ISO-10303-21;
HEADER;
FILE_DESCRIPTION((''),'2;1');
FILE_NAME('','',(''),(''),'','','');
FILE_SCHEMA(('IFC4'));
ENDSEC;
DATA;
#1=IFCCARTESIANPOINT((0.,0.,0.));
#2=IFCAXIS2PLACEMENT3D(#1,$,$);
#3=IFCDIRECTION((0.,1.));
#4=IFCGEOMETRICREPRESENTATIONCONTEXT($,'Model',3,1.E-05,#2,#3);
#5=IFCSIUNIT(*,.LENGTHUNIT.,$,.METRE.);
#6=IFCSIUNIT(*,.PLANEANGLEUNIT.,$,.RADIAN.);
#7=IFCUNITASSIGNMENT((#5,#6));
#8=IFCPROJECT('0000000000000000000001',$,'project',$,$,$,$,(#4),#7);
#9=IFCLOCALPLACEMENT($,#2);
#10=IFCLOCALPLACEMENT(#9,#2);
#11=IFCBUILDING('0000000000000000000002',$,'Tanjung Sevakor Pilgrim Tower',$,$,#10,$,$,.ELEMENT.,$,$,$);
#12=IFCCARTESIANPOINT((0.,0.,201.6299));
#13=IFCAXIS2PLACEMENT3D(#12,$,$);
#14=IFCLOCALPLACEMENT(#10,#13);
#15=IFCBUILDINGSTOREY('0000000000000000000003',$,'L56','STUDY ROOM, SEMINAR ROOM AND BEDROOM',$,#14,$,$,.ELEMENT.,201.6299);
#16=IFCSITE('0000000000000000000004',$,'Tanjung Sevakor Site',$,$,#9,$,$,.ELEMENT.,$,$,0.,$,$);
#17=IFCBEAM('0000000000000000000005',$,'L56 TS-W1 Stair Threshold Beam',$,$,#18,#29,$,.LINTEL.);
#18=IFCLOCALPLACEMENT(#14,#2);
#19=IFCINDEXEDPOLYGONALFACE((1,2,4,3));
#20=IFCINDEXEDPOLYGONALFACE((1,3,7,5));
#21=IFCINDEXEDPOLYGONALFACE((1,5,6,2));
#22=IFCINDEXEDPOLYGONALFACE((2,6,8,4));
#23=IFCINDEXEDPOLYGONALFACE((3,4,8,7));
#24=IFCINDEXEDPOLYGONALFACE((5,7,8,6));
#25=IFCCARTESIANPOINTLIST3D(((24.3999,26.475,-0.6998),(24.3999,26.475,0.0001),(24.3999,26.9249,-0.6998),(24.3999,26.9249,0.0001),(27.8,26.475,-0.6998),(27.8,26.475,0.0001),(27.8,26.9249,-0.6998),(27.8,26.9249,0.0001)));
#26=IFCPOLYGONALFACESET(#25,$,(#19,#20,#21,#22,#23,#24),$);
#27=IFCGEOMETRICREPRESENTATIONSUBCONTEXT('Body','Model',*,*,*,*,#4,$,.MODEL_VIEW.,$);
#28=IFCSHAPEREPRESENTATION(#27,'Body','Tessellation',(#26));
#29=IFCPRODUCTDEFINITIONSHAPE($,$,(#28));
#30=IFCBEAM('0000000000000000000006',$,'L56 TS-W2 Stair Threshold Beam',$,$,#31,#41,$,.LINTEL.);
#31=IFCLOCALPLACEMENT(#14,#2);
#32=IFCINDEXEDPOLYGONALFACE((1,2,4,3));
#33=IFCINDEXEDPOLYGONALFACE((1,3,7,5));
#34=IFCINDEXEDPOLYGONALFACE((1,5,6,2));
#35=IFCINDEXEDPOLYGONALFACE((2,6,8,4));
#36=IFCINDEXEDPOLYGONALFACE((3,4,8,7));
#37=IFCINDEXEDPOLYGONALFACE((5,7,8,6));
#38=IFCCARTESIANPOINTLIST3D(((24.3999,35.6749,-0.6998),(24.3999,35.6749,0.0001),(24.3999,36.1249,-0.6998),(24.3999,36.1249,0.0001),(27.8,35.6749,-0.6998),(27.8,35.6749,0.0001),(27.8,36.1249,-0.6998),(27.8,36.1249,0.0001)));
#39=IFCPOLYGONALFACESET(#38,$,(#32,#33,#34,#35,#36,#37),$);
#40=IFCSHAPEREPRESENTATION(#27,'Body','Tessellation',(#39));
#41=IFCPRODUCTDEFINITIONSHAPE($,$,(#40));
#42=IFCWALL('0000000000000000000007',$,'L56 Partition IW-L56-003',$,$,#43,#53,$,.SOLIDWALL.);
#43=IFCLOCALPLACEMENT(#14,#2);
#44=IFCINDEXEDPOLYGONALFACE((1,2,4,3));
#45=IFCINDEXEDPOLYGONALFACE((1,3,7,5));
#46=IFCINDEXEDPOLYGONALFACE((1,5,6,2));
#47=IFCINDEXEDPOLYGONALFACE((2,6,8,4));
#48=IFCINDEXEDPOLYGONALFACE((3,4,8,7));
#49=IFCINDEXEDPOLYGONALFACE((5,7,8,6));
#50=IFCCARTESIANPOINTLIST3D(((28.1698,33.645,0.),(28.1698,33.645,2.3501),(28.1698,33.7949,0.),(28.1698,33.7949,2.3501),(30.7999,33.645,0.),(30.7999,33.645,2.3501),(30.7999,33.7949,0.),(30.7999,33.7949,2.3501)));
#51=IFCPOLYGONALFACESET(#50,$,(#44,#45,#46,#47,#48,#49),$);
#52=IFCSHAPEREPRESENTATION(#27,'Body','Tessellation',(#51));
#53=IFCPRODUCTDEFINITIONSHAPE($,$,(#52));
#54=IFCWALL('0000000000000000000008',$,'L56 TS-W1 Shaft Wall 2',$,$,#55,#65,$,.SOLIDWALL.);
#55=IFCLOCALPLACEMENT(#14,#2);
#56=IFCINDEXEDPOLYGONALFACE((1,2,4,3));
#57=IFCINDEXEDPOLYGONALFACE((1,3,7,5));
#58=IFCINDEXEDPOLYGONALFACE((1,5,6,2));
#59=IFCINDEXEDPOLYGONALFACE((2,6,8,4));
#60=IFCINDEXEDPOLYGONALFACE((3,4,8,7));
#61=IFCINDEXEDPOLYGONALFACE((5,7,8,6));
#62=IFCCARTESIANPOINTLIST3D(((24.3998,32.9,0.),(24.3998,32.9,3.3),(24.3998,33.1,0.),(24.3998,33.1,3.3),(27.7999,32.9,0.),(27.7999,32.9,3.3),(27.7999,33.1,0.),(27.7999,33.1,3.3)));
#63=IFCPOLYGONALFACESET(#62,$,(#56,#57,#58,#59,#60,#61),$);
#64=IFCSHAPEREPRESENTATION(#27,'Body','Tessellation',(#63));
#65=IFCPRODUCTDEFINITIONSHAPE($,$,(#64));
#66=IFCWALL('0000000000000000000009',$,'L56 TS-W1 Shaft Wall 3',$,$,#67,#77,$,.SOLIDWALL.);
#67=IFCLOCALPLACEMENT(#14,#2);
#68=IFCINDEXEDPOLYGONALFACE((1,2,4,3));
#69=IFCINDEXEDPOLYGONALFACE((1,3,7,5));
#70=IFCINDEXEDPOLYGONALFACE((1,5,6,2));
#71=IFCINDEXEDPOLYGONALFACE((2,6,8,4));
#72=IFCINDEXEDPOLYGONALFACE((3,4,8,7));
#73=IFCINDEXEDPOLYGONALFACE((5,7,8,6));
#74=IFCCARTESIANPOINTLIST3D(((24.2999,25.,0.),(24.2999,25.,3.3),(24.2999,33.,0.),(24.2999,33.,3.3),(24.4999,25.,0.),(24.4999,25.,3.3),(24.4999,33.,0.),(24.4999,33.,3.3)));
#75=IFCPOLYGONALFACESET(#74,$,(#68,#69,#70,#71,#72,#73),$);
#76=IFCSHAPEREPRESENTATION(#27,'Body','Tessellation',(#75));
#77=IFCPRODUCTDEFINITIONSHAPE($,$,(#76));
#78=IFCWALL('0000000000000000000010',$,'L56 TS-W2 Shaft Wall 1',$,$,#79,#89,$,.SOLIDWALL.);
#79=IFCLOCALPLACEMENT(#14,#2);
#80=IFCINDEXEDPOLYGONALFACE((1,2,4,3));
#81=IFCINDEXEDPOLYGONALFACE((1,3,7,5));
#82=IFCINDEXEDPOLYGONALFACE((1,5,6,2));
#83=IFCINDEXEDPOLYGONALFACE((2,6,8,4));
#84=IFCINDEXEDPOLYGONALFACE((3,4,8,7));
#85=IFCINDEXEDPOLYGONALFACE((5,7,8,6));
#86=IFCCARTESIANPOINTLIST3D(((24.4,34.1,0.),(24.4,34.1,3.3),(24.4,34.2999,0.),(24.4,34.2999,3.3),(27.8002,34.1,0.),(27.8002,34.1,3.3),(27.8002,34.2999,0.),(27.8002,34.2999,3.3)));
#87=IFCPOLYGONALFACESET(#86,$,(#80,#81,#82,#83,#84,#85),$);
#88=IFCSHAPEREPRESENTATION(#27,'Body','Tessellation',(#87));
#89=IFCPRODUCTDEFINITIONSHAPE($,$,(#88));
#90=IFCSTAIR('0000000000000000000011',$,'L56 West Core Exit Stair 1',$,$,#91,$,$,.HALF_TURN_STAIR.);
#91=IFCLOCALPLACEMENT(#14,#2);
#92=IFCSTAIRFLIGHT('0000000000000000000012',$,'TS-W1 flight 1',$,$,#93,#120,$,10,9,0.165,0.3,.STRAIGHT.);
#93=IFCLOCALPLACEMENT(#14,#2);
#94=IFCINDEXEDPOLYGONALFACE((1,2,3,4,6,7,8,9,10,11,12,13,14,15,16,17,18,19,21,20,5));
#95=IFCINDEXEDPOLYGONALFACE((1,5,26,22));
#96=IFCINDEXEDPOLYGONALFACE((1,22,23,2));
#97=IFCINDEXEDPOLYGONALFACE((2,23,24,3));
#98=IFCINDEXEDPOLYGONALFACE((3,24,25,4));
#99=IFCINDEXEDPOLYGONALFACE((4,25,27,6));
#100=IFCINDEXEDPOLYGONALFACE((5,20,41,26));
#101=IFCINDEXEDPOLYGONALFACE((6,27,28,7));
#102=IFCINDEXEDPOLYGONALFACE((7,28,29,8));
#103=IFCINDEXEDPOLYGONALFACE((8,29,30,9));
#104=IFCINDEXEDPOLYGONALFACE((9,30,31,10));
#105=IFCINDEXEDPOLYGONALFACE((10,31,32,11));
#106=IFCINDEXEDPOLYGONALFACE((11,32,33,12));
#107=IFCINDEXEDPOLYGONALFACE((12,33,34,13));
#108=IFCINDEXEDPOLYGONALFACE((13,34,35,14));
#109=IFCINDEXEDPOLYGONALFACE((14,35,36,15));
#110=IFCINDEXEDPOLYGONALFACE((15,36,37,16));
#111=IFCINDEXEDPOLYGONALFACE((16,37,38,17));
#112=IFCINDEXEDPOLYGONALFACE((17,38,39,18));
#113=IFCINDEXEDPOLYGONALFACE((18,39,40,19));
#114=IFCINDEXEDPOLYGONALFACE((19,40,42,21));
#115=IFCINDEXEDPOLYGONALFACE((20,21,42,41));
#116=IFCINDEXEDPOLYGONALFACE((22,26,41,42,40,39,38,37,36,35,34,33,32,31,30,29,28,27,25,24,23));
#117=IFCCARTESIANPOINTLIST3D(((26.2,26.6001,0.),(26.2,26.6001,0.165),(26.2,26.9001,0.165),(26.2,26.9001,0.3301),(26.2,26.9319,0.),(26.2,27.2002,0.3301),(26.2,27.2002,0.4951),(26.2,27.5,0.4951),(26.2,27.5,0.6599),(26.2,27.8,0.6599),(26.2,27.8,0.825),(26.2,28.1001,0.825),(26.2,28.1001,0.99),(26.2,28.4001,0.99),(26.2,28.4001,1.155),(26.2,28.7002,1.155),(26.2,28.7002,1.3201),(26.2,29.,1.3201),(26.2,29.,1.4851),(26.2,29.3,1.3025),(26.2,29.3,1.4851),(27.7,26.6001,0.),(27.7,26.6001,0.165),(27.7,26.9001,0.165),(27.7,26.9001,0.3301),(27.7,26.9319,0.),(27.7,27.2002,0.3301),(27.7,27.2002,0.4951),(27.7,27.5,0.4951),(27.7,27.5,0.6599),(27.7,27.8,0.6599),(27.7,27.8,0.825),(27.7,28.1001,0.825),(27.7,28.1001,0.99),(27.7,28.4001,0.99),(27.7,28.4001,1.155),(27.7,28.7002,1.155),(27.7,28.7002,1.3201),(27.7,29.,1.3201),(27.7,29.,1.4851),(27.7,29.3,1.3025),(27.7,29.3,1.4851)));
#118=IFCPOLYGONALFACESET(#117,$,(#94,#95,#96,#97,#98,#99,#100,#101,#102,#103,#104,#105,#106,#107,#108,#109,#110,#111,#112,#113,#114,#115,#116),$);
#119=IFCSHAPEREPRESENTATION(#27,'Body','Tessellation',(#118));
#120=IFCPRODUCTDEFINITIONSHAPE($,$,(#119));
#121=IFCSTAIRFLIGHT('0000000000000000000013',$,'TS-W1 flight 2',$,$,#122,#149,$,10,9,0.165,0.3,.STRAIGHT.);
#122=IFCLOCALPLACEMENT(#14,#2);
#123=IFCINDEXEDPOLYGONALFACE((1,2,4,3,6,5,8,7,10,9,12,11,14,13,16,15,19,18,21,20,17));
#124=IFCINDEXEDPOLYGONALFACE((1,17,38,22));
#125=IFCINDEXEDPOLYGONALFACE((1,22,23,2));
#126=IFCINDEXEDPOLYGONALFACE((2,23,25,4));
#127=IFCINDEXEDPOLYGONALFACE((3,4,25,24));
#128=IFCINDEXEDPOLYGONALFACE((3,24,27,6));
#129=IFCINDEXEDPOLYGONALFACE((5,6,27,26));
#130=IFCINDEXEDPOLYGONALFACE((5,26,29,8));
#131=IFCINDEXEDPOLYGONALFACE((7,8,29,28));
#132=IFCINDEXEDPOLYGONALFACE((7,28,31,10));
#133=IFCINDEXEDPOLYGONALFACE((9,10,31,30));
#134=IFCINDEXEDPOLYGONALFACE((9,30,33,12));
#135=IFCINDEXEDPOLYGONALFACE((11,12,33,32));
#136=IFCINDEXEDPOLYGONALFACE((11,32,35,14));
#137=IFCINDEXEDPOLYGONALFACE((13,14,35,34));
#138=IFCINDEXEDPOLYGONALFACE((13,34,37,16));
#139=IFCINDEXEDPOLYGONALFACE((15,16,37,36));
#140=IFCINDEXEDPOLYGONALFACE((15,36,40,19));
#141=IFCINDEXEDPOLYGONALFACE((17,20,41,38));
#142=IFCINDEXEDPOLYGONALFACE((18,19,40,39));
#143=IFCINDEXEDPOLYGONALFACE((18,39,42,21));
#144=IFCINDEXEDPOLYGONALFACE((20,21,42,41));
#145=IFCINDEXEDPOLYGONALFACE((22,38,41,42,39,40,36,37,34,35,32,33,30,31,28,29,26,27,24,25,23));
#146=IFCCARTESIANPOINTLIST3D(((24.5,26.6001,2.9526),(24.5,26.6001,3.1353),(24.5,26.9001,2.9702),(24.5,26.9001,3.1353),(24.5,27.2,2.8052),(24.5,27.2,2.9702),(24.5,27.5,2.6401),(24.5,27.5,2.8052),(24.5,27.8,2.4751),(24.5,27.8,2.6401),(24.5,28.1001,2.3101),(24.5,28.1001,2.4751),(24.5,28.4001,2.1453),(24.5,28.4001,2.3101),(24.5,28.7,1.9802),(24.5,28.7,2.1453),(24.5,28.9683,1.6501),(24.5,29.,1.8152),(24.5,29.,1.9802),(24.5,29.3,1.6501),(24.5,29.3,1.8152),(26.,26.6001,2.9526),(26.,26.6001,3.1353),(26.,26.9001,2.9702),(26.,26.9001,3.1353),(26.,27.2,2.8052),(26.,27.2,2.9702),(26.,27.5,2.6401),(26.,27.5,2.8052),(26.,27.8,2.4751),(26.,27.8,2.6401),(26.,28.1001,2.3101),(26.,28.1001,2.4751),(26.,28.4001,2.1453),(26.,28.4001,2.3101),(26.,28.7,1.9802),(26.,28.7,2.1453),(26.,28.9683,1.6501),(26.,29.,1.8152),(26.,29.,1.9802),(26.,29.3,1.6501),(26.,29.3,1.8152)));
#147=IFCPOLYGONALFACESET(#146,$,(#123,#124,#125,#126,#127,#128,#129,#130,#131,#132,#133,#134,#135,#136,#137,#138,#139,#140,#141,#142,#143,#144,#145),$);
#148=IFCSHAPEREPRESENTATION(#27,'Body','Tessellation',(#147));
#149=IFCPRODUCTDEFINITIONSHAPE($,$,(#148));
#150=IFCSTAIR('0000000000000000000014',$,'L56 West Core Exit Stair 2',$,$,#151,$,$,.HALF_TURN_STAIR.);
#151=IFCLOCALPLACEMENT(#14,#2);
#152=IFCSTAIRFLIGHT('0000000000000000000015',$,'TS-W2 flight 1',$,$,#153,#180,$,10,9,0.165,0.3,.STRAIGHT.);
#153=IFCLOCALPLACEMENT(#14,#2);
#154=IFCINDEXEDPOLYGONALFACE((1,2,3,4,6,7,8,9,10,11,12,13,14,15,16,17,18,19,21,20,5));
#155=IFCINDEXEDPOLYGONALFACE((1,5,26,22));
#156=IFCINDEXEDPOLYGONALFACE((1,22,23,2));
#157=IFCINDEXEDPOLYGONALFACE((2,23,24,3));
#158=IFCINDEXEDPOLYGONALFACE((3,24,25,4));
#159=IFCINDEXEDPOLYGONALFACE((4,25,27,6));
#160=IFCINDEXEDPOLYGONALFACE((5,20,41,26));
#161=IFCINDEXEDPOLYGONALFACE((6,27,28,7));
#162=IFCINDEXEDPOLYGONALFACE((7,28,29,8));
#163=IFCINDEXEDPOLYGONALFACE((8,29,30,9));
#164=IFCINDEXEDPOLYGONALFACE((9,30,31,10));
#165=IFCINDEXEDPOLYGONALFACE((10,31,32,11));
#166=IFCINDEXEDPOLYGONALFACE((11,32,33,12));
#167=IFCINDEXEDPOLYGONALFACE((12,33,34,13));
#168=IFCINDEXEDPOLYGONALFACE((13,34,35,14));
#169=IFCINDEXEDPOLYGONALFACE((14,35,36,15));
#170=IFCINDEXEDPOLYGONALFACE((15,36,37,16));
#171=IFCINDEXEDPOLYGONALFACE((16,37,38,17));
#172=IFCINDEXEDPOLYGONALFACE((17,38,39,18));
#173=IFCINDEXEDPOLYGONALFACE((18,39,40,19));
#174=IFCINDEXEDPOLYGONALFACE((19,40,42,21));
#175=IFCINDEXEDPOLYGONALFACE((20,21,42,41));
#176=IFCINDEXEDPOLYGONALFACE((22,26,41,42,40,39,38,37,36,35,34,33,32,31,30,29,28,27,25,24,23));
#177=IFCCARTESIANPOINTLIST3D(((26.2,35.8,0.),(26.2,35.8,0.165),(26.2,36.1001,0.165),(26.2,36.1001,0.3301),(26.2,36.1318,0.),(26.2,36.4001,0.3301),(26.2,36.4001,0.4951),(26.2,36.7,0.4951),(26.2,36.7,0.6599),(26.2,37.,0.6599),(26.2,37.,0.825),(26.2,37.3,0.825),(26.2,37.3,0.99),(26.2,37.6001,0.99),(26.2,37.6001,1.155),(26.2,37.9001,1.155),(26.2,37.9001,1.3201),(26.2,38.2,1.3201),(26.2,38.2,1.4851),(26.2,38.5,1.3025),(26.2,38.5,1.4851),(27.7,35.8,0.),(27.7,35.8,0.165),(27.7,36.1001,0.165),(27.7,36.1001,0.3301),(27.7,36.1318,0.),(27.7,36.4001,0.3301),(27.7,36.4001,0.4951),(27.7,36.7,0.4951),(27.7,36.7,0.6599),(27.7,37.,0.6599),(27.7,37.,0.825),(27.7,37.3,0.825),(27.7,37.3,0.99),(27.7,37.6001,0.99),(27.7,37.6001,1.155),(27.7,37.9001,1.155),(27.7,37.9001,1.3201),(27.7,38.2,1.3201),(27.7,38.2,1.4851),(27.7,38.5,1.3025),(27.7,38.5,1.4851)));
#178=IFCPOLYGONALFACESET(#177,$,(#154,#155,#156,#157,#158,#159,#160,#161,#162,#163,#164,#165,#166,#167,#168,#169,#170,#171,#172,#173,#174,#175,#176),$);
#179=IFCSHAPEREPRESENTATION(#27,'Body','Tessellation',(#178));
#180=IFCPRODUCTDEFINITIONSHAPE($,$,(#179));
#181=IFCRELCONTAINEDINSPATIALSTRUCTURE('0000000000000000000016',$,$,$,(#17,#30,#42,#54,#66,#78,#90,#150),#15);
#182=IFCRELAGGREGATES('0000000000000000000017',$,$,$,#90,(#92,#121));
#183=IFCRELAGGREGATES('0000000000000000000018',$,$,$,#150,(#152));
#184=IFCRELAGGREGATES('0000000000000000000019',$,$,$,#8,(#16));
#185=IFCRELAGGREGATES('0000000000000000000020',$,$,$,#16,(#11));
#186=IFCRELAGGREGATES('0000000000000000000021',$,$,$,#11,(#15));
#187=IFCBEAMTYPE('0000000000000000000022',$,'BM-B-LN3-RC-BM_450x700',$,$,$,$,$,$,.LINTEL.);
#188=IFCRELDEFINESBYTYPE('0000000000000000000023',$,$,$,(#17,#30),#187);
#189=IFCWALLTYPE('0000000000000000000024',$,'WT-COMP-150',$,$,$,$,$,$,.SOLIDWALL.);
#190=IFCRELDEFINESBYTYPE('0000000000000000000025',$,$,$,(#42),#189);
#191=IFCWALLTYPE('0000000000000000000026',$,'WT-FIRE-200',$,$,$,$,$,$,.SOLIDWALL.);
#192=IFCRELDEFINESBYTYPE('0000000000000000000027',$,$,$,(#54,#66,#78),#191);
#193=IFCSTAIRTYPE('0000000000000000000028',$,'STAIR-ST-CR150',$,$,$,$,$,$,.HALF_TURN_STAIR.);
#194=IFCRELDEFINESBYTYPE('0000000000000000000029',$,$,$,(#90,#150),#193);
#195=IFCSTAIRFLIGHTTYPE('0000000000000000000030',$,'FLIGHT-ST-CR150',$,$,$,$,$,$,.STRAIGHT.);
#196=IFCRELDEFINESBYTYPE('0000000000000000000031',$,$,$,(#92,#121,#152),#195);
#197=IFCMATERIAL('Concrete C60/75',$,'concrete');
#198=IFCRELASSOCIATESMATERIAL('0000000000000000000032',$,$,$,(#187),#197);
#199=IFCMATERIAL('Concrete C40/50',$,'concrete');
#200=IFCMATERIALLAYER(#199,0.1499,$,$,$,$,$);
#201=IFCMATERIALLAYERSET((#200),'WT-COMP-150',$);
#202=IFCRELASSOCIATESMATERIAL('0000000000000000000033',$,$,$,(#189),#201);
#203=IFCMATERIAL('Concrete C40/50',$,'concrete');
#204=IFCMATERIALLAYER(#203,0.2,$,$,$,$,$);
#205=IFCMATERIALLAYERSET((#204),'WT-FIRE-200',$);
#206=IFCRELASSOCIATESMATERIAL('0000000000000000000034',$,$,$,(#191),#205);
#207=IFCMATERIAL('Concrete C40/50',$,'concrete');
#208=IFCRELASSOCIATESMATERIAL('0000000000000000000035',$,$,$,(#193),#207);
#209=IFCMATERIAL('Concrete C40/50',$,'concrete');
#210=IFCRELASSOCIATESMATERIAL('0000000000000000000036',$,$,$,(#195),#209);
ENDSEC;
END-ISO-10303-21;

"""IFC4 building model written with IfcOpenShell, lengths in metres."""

from ifc_helpers import new_model, si_unit, direction, frame, frame_2d, origin, origin_2d, place, context, subcontext, project, spatial, polyline, rectangle, outline, extrude, material, layer, layer_set, material_profile, profile_set, type_object, element, aggregate, save


model = new_model("IFC4")

# Units and contexts
model_context = context("Model", 3, precision=1e-05, world=origin(), true_north=direction((0.0, 1.0)))
body_context = subcontext(model_context, "Body", "Model", "MODEL_VIEW")
ifc_project = project(units=[si_unit("LENGTHUNIT", "METRE"), si_unit("PLANEANGLEUNIT", "RADIAN")], contexts=[model_context])

# Site, building, storey
site_placement = place(None, origin())
site = spatial("IfcSite", under=ifc_project, at=site_placement, Name="Tanjung Sevakor Site", CompositionType="ELEMENT", RefElevation=0.0)
building_placement = place(site_placement, origin())
building = spatial("IfcBuilding", under=site, at=building_placement, Name="Tanjung Sevakor Pilgrim Tower", CompositionType="ELEMENT")
storey_placement = place(building_placement, frame((0.0, 0.0, 201.6299)))
storey = spatial("IfcBuildingStorey", under=building, at=storey_placement, Name="L56", Description="STUDY ROOM, SEMINAR ROOM AND BEDROOM", CompositionType="ELEMENT", Elevation=201.6299)

# Beams
ifc_material_1 = material(Name="Concrete C60/75", Category="concrete")
ifc_material_profile = material_profile(ifc_material_1, rectangle(XDim=0.45, YDim=0.7, at=origin_2d()))
ifc_profile_set = profile_set([ifc_material_profile], Name="Concrete C60/75")
beam_type = type_object("IfcBeamType", Name="BM-B-LN3-RC-BM_450x700", PredefinedType="LINTEL", material=ifc_profile_set)
for number, where, z_axis, x_axis, name in (
    (1, (24.3999, 26.7, -0.3499), (1.0, 0.0, 0.0), (0.0, 1.0, 0.0), "L56 TS-W1 Stair Threshold Beam"),
    (2, (24.3999, 35.8999, -0.3499), (1.0, 0.0, 0.0), (0.0, 1.0, 0.0), "L56 TS-W2 Stair Threshold Beam"),
):
    element("IfcBeam", number, at=place(storey_placement, frame(where, z_axis=z_axis, x_axis=x_axis)), inside=storey, type_object=beam_type, Name=name, PredefinedType="LINTEL", context=body_context, shape_type="SweptSolid", body=[
        extrude(rectangle(XDim=0.45, YDim=0.7, at=origin_2d()), origin(), (0.0, 0.0, 1.0), 3.4001),
    ])

# Wall
ifc_material_2 = material(Name="Concrete C40/50", Category="concrete")
ifc_layer_1 = layer(ifc_material_2, 0.1499)
ifc_layer_set_1 = layer_set([ifc_layer_1], Name="WT-COMP-150")
wall_type_1 = type_object("IfcWallType", Name="WT-COMP-150", PredefinedType="SOLIDWALL", material=ifc_layer_set_1)
wall_1_placement = place(storey_placement, frame((28.1699, 33.72, 0.0), z_axis=(0.0, 0.0, 1.0), x_axis=(1.0, 0.0, 0.0)))
element("IfcWall", 3, at=wall_1_placement, inside=storey, type_object=wall_type_1, Name="L56 Partition IW-L56-003", PredefinedType="SOLIDWALL", context=body_context, shape_type="SweptSolid", body=[
    extrude(rectangle(XDim=2.6301, YDim=0.1499, at=frame_2d((1.3149, 0.0))), origin(), (0.0, 0.0, 1.0), 2.3501),
])

# Walls
ifc_material_3 = material(Name="Concrete C40/50", Category="concrete")
ifc_layer_2 = layer(ifc_material_3, 0.2)
ifc_layer_set_2 = layer_set([ifc_layer_2], Name="WT-FIRE-200")
wall_type_2 = type_object("IfcWallType", Name="WT-FIRE-200", PredefinedType="SOLIDWALL", material=ifc_layer_set_2)
wall_2_placement = place(storey_placement, frame((27.8, 33.0, 0.0), z_axis=(0.0, 0.0, 1.0), x_axis=(-1.0, 0.0, 0.0)))
element("IfcWall", 4, at=wall_2_placement, inside=storey, type_object=wall_type_2, Name="L56 TS-W1 Shaft Wall 2", PredefinedType="SOLIDWALL", context=body_context, shape_type="SweptSolid", body=[
    extrude(rectangle(XDim=3.4001, YDim=0.2, at=frame_2d((1.7002, 0.0))), origin(), (0.0, 0.0, 1.0), 3.3),
])
wall_3_placement = place(storey_placement, frame((24.3999, 33.0, 0.0), z_axis=(0.0, 0.0, 1.0), x_axis=(0.0, -1.0, 0.0)))
element("IfcWall", 5, at=wall_3_placement, inside=storey, type_object=wall_type_2, Name="L56 TS-W1 Shaft Wall 3", PredefinedType="SOLIDWALL", context=body_context, shape_type="SweptSolid", body=[
    extrude(rectangle(XDim=8.0, YDim=0.2, at=frame_2d((4.0, 0.0))), origin(), (0.0, 0.0, 1.0), 3.3),
])
wall_4_placement = place(storey_placement, frame((24.3999, 34.2, 0.0), z_axis=(0.0, 0.0, 1.0), x_axis=(1.0, 0.0, 0.0)))
element("IfcWall", 6, at=wall_4_placement, inside=storey, type_object=wall_type_2, Name="L56 TS-W2 Shaft Wall 1", PredefinedType="SOLIDWALL", context=body_context, shape_type="SweptSolid", body=[
    extrude(rectangle(XDim=3.4001, YDim=0.2, at=frame_2d((1.7002, 0.0))), origin(), (0.0, 0.0, 1.0), 3.3),
])

# Stair, stair flights
ifc_material_4 = material(Name="Concrete C40/50", Category="concrete")
stair_type = type_object("IfcStairType", Name="STAIR-ST-CR150", PredefinedType="HALF_TURN_STAIR", material=ifc_material_4)
stair_1_placement = place(storey_placement, origin())
stair_1 = element("IfcStair", 7, at=stair_1_placement, inside=storey, type_object=stair_type, Name="L56 West Core Exit Stair 1", PredefinedType="HALF_TURN_STAIR")
ifc_material_5 = material(Name="Concrete C40/50", Category="concrete")
stair_flight_type = type_object("IfcStairFlightType", Name="FLIGHT-ST-CR150", PredefinedType="STRAIGHT", material=ifc_material_5)
stair_flight_1_placement = place(storey_placement, frame((26.95, 26.6001, 0.0), z_axis=(0.0, 0.0, 1.0), x_axis=(0.0, 1.0, 0.0)))
stair_flight_1 = element("IfcStairFlight", 8, at=stair_flight_1_placement, type_object=stair_flight_type, Name="TS-W1 flight 1", NumberOfRisers=10, NumberOfTreads=9, PredefinedType="STRAIGHT", RiserHeight=0.165, TreadLength=0.3, context=body_context, shape_type="SweptSolid", body=[
    extrude(outline(polyline([(0.0, 0.0), (0.0, 0.165), (0.3, 0.165), (0.3, 0.3301), (0.6001, 0.3301), (0.6001, 0.4951), (0.8999, 0.4951), (0.8999, 0.6599), (1.2, 0.6599), (1.2, 0.825), (1.5, 0.825), (1.5, 0.99), (1.8, 0.99), (1.8, 1.155), (2.1001, 1.155), (2.1001, 1.3201), (2.3999, 1.3201), (2.3999, 1.4851), (2.7, 1.4851), (2.7, 1.6499), (2.7, 1.3025), (0.3318, 0.0), (0.0, 0.0)])), frame((0.0, 0.75, 0.0), z_axis=(0.0, -1.0, 0.0), x_axis=(1.0, 0.0, 0.0)), (0.0, 0.0, 1.0), 1.5),
])
stair_flight_2_placement = place(storey_placement, frame((25.25, 29.3, 1.6501), z_axis=(0.0, 0.0, 1.0), x_axis=(0.0, -1.0, 0.0)))
stair_flight_2 = element("IfcStairFlight", 9, at=stair_flight_2_placement, type_object=stair_flight_type, Name="TS-W1 flight 2", NumberOfRisers=10, NumberOfTreads=9, PredefinedType="STRAIGHT", RiserHeight=0.165, TreadLength=0.3, context=body_context, shape_type="SweptSolid", body=[
    extrude(outline(polyline([(0.0, 0.0), (0.0, 0.165), (0.3, 0.165), (0.3, 0.3301), (0.6001, 0.3301), (0.6001, 0.4951), (0.8999, 0.4951), (0.8999, 0.6599), (1.2, 0.6599), (1.2, 0.825), (1.5, 0.825), (1.5, 0.99), (1.8, 0.99), (1.8, 1.155), (2.1001, 1.155), (2.1001, 1.3201), (2.3999, 1.3201), (2.3999, 1.4851), (2.7, 1.4851), (2.7, 1.6499), (2.7, 1.3025), (0.3318, 0.0), (0.0, 0.0)])), frame((0.0, 0.75, 0.0), z_axis=(0.0, -1.0, 0.0), x_axis=(1.0, 0.0, 0.0)), (0.0, 0.0, 1.0), 1.5),
])
aggregate(stair_1, [stair_flight_1, stair_flight_2])

# Stair, stair flight
stair_2_placement = place(storey_placement, origin())
stair_2 = element("IfcStair", 10, at=stair_2_placement, inside=storey, type_object=stair_type, Name="L56 West Core Exit Stair 2", PredefinedType="HALF_TURN_STAIR")
stair_flight_3_placement = place(storey_placement, frame((26.95, 35.8, 0.0), z_axis=(0.0, 0.0, 1.0), x_axis=(0.0, 1.0, 0.0)))
stair_flight_3 = element("IfcStairFlight", 11, at=stair_flight_3_placement, type_object=stair_flight_type, Name="TS-W2 flight 1", NumberOfRisers=10, NumberOfTreads=9, PredefinedType="STRAIGHT", RiserHeight=0.165, TreadLength=0.3, context=body_context, shape_type="SweptSolid", body=[
    extrude(outline(polyline([(0.0, 0.0), (0.0, 0.165), (0.3, 0.165), (0.3, 0.3301), (0.6001, 0.3301), (0.6001, 0.4951), (0.8999, 0.4951), (0.8999, 0.6599), (1.2, 0.6599), (1.2, 0.825), (1.5, 0.825), (1.5, 0.99), (1.8, 0.99), (1.8, 1.155), (2.1001, 1.155), (2.1001, 1.3201), (2.3999, 1.3201), (2.3999, 1.4851), (2.7, 1.4851), (2.7, 1.6499), (2.7, 1.3025), (0.3318, 0.0), (0.0, 0.0)])), frame((0.0, 0.75, 0.0), z_axis=(0.0, -1.0, 0.0), x_axis=(1.0, 0.0, 0.0)), (0.0, 0.0, 1.0), 1.5),
])
aggregate(stair_2, [stair_flight_3])

save(model, "model.ifc")
